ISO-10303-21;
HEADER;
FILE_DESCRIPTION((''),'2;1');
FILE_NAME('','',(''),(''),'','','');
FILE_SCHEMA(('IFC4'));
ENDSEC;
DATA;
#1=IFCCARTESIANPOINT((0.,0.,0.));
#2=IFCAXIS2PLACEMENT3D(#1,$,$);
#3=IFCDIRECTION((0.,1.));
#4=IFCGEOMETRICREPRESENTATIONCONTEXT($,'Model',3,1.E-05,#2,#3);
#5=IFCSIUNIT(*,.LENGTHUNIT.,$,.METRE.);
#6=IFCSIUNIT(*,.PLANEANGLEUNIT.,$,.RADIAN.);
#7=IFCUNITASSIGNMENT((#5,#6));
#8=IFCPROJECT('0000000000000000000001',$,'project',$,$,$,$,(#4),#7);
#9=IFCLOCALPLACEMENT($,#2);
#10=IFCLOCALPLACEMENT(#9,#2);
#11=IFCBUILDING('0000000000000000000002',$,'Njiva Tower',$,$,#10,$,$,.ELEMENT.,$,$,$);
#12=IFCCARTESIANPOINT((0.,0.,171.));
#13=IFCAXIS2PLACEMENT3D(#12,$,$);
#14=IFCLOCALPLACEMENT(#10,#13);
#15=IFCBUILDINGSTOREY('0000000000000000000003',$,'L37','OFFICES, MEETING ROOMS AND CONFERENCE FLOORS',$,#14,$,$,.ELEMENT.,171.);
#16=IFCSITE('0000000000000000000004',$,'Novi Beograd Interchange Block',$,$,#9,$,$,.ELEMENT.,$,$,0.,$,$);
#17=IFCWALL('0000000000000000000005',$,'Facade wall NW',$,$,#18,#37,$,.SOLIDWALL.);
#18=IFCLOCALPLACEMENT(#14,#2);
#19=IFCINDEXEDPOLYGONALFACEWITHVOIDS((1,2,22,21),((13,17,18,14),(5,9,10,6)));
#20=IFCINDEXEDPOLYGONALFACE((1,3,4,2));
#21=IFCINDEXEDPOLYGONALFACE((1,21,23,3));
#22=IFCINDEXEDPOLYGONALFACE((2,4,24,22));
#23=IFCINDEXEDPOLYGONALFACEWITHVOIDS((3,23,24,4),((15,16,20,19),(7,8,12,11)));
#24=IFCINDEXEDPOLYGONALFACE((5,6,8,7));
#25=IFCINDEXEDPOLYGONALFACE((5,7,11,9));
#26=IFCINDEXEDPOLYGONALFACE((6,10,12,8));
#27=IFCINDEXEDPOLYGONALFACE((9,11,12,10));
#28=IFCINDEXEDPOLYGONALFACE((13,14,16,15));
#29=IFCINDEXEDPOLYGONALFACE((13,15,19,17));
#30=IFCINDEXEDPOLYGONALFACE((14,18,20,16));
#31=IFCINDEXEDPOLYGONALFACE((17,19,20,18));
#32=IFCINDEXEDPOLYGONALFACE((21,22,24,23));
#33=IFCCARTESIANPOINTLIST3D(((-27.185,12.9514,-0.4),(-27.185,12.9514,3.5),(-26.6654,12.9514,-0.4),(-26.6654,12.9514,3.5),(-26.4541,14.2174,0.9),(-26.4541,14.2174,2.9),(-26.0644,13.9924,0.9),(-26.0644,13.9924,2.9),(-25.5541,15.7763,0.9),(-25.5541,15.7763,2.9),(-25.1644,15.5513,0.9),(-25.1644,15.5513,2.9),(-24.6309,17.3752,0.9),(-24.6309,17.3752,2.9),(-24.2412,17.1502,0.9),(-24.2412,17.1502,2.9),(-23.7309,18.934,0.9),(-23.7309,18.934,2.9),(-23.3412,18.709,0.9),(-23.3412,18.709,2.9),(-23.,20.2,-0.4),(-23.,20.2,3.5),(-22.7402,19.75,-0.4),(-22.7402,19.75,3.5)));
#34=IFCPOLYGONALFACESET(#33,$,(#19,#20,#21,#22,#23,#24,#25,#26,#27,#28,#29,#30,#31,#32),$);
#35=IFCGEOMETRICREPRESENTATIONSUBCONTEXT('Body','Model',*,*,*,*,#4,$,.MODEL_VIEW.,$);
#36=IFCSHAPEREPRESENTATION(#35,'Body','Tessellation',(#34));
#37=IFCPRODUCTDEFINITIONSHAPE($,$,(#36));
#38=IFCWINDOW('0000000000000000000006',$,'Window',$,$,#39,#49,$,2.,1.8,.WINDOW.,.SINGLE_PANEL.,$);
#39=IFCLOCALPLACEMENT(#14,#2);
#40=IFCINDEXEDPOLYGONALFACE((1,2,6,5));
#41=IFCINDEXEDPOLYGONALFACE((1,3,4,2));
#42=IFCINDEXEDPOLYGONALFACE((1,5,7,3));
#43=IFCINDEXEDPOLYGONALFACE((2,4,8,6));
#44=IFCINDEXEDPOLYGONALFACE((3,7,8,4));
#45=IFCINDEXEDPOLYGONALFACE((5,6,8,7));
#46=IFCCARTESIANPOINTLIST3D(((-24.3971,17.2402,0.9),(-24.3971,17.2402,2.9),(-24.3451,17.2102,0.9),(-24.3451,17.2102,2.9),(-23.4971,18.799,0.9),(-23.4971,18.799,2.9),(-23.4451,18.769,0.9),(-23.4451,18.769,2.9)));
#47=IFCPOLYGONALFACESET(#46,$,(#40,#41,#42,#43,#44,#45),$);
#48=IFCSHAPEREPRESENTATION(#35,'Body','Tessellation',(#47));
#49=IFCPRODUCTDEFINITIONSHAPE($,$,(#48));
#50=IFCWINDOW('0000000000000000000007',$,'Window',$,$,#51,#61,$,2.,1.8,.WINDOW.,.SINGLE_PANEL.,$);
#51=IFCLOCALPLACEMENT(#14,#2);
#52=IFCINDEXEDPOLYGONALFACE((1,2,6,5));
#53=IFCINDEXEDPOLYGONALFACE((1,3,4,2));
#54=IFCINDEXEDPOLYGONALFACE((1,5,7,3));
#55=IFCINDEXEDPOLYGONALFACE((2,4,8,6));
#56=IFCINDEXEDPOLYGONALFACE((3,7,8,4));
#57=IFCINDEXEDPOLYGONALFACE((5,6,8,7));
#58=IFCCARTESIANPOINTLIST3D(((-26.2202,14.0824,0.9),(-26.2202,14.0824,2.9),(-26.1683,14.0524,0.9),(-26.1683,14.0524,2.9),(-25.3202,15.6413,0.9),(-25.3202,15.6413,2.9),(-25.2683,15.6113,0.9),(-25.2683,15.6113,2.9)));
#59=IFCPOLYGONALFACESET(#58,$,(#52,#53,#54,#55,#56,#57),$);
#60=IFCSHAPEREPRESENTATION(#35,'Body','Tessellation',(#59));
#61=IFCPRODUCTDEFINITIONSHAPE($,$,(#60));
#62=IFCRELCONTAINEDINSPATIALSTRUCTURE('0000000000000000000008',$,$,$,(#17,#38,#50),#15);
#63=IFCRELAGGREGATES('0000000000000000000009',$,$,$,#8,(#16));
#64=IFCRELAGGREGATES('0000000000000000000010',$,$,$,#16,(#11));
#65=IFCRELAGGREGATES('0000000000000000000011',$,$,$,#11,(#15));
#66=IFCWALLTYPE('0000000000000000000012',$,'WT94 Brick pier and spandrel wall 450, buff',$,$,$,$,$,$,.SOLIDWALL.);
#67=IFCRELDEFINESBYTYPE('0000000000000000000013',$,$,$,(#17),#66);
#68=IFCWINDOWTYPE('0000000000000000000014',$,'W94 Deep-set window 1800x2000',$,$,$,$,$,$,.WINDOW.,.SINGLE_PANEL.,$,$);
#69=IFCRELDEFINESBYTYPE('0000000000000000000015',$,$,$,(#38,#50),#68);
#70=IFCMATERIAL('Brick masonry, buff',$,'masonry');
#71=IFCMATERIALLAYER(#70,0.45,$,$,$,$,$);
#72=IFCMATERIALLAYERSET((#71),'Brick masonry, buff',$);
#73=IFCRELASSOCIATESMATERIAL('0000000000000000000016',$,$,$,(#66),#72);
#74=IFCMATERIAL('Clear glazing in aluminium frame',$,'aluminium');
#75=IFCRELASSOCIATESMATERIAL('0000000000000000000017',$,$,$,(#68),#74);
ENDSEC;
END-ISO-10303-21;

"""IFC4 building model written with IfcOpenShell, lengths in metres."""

from ifc_helpers import new_model, si_unit, direction, frame, frame_2d, origin, place, context, subcontext, project, spatial, polyline, rectangle, outline, extrude, material, layer, layer_set, type_object, element, fill, save


model = new_model("IFC4")

# Units and contexts
model_context = context("Model", 3, precision=1e-05, world=origin(), true_north=direction((0.0, 1.0)))
body_context = subcontext(model_context, "Body", "Model", "MODEL_VIEW")
ifc_project = project(units=[si_unit("LENGTHUNIT", "METRE"), si_unit("PLANEANGLEUNIT", "RADIAN")], contexts=[model_context])

# Site, building, storey
site_placement = place(None, origin())
site = spatial("IfcSite", under=ifc_project, at=site_placement, Name="Novi Beograd Interchange Block", CompositionType="ELEMENT", RefElevation=0.0)
building_placement = place(site_placement, origin())
building = spatial("IfcBuilding", under=site, at=building_placement, Name="Njiva Tower", CompositionType="ELEMENT")
storey_placement = place(building_placement, frame((0.0, 0.0, 171.0)))
storey = spatial("IfcBuildingStorey", under=building, at=storey_placement, Name="L37", Description="OFFICES, MEETING ROOMS AND CONFERENCE FLOORS", CompositionType="ELEMENT", Elevation=171.0)

# Wall, openings, windows
ifc_material_1 = material(Name="Brick masonry, buff", Category="masonry")
ifc_layer_1 = layer(ifc_material_1, 0.45)
ifc_layer_set_1 = layer_set([ifc_layer_1], Name="Brick masonry, buff")
wall_type_1 = type_object("IfcWallType", Name="WT94 Brick pier and spandrel wall 450, buff", PredefinedType="SOLIDWALL", material=ifc_layer_set_1)
wall_1_placement = place(storey_placement, frame((-22.8701, 19.975, -0.4), z_axis=(0.0, 0.0, 1.0), x_axis=(-0.500002, -0.866024, 0.0)))
wall_1 = element("IfcWall", 1, at=wall_1_placement, inside=storey, type_object=wall_type_1, Name="Facade wall NW", PredefinedType="SOLIDWALL", context=body_context, shape_type="SweptSolid", body=[
    extrude(outline(polyline([(-0.1299, -0.225), (8.2401, -0.225), (7.9803, 0.225), (0.1299, 0.225), (-0.1299, -0.225)])), origin(), (0.0, 0.0, 1.0), 3.9),
])
opening_1_placement = place(wall_1_placement, frame((1.3319, 0.0, 1.3)))
opening_1 = element("IfcOpeningElement", 2, at=opening_1_placement, cuts=wall_1, PredefinedType="OPENING", context=body_context, shape_type="SweptSolid", body=[
    extrude(rectangle(XDim=1.8, YDim=2.0, at=frame_2d((0.9, 1.0))), frame((0.0, 0.235, 0.0), z_axis=(0.0, -1.0, 0.0), x_axis=(1.0, 0.0, 0.0)), (0.0, 0.0, 1.0), 0.47),
])
opening_2_placement = place(wall_1_placement, frame((4.9782, 0.0, 1.3)))
opening_2 = element("IfcOpeningElement", 3, at=opening_2_placement, cuts=wall_1, PredefinedType="OPENING", context=body_context, shape_type="SweptSolid", body=[
    extrude(rectangle(XDim=1.8, YDim=2.0, at=frame_2d((0.9, 1.0))), frame((0.0, 0.235, 0.0), z_axis=(0.0, -1.0, 0.0), x_axis=(1.0, 0.0, 0.0)), (0.0, 0.0, 1.0), 0.47),
])
ifc_material_2 = material(Name="Clear glazing in aluminium frame", Category="aluminium")
window_type = type_object("IfcWindowType", Name="W94 Deep-set window 1800x2000", PartitioningType="SINGLE_PANEL", PredefinedType="WINDOW", material=ifc_material_2)
window_1_placement = place(opening_1_placement, origin())
window_1 = element("IfcWindow", 4, at=window_1_placement, inside=storey, type_object=window_type, Name="Window", OverallHeight=2.0, OverallWidth=1.8, PartitioningType="SINGLE_PANEL", PredefinedType="WINDOW", context=body_context, shape_type="SweptSolid", body=[
    extrude(rectangle(XDim=1.8, YDim=2.0, at=frame_2d((0.9, 1.0))), frame((0.0, 0.105, 0.0), z_axis=(0.0, -1.0, 0.0), x_axis=(1.0, 0.0, 0.0)), (0.0, 0.0, 1.0), 0.06),
])
fill(opening_1, window_1)
window_2_placement = place(opening_2_placement, origin())
window_2 = element("IfcWindow", 5, at=window_2_placement, inside=storey, type_object=window_type, Name="Window", OverallHeight=2.0, OverallWidth=1.8, PartitioningType="SINGLE_PANEL", PredefinedType="WINDOW", context=body_context, shape_type="SweptSolid", body=[
    extrude(rectangle(XDim=1.8, YDim=2.0, at=frame_2d((0.9, 1.0))), frame((0.0, 0.105, 0.0), z_axis=(0.0, -1.0, 0.0), x_axis=(1.0, 0.0, 0.0)), (0.0, 0.0, 1.0), 0.06),
])
fill(opening_2, window_2)

save(model, "model.ifc")
